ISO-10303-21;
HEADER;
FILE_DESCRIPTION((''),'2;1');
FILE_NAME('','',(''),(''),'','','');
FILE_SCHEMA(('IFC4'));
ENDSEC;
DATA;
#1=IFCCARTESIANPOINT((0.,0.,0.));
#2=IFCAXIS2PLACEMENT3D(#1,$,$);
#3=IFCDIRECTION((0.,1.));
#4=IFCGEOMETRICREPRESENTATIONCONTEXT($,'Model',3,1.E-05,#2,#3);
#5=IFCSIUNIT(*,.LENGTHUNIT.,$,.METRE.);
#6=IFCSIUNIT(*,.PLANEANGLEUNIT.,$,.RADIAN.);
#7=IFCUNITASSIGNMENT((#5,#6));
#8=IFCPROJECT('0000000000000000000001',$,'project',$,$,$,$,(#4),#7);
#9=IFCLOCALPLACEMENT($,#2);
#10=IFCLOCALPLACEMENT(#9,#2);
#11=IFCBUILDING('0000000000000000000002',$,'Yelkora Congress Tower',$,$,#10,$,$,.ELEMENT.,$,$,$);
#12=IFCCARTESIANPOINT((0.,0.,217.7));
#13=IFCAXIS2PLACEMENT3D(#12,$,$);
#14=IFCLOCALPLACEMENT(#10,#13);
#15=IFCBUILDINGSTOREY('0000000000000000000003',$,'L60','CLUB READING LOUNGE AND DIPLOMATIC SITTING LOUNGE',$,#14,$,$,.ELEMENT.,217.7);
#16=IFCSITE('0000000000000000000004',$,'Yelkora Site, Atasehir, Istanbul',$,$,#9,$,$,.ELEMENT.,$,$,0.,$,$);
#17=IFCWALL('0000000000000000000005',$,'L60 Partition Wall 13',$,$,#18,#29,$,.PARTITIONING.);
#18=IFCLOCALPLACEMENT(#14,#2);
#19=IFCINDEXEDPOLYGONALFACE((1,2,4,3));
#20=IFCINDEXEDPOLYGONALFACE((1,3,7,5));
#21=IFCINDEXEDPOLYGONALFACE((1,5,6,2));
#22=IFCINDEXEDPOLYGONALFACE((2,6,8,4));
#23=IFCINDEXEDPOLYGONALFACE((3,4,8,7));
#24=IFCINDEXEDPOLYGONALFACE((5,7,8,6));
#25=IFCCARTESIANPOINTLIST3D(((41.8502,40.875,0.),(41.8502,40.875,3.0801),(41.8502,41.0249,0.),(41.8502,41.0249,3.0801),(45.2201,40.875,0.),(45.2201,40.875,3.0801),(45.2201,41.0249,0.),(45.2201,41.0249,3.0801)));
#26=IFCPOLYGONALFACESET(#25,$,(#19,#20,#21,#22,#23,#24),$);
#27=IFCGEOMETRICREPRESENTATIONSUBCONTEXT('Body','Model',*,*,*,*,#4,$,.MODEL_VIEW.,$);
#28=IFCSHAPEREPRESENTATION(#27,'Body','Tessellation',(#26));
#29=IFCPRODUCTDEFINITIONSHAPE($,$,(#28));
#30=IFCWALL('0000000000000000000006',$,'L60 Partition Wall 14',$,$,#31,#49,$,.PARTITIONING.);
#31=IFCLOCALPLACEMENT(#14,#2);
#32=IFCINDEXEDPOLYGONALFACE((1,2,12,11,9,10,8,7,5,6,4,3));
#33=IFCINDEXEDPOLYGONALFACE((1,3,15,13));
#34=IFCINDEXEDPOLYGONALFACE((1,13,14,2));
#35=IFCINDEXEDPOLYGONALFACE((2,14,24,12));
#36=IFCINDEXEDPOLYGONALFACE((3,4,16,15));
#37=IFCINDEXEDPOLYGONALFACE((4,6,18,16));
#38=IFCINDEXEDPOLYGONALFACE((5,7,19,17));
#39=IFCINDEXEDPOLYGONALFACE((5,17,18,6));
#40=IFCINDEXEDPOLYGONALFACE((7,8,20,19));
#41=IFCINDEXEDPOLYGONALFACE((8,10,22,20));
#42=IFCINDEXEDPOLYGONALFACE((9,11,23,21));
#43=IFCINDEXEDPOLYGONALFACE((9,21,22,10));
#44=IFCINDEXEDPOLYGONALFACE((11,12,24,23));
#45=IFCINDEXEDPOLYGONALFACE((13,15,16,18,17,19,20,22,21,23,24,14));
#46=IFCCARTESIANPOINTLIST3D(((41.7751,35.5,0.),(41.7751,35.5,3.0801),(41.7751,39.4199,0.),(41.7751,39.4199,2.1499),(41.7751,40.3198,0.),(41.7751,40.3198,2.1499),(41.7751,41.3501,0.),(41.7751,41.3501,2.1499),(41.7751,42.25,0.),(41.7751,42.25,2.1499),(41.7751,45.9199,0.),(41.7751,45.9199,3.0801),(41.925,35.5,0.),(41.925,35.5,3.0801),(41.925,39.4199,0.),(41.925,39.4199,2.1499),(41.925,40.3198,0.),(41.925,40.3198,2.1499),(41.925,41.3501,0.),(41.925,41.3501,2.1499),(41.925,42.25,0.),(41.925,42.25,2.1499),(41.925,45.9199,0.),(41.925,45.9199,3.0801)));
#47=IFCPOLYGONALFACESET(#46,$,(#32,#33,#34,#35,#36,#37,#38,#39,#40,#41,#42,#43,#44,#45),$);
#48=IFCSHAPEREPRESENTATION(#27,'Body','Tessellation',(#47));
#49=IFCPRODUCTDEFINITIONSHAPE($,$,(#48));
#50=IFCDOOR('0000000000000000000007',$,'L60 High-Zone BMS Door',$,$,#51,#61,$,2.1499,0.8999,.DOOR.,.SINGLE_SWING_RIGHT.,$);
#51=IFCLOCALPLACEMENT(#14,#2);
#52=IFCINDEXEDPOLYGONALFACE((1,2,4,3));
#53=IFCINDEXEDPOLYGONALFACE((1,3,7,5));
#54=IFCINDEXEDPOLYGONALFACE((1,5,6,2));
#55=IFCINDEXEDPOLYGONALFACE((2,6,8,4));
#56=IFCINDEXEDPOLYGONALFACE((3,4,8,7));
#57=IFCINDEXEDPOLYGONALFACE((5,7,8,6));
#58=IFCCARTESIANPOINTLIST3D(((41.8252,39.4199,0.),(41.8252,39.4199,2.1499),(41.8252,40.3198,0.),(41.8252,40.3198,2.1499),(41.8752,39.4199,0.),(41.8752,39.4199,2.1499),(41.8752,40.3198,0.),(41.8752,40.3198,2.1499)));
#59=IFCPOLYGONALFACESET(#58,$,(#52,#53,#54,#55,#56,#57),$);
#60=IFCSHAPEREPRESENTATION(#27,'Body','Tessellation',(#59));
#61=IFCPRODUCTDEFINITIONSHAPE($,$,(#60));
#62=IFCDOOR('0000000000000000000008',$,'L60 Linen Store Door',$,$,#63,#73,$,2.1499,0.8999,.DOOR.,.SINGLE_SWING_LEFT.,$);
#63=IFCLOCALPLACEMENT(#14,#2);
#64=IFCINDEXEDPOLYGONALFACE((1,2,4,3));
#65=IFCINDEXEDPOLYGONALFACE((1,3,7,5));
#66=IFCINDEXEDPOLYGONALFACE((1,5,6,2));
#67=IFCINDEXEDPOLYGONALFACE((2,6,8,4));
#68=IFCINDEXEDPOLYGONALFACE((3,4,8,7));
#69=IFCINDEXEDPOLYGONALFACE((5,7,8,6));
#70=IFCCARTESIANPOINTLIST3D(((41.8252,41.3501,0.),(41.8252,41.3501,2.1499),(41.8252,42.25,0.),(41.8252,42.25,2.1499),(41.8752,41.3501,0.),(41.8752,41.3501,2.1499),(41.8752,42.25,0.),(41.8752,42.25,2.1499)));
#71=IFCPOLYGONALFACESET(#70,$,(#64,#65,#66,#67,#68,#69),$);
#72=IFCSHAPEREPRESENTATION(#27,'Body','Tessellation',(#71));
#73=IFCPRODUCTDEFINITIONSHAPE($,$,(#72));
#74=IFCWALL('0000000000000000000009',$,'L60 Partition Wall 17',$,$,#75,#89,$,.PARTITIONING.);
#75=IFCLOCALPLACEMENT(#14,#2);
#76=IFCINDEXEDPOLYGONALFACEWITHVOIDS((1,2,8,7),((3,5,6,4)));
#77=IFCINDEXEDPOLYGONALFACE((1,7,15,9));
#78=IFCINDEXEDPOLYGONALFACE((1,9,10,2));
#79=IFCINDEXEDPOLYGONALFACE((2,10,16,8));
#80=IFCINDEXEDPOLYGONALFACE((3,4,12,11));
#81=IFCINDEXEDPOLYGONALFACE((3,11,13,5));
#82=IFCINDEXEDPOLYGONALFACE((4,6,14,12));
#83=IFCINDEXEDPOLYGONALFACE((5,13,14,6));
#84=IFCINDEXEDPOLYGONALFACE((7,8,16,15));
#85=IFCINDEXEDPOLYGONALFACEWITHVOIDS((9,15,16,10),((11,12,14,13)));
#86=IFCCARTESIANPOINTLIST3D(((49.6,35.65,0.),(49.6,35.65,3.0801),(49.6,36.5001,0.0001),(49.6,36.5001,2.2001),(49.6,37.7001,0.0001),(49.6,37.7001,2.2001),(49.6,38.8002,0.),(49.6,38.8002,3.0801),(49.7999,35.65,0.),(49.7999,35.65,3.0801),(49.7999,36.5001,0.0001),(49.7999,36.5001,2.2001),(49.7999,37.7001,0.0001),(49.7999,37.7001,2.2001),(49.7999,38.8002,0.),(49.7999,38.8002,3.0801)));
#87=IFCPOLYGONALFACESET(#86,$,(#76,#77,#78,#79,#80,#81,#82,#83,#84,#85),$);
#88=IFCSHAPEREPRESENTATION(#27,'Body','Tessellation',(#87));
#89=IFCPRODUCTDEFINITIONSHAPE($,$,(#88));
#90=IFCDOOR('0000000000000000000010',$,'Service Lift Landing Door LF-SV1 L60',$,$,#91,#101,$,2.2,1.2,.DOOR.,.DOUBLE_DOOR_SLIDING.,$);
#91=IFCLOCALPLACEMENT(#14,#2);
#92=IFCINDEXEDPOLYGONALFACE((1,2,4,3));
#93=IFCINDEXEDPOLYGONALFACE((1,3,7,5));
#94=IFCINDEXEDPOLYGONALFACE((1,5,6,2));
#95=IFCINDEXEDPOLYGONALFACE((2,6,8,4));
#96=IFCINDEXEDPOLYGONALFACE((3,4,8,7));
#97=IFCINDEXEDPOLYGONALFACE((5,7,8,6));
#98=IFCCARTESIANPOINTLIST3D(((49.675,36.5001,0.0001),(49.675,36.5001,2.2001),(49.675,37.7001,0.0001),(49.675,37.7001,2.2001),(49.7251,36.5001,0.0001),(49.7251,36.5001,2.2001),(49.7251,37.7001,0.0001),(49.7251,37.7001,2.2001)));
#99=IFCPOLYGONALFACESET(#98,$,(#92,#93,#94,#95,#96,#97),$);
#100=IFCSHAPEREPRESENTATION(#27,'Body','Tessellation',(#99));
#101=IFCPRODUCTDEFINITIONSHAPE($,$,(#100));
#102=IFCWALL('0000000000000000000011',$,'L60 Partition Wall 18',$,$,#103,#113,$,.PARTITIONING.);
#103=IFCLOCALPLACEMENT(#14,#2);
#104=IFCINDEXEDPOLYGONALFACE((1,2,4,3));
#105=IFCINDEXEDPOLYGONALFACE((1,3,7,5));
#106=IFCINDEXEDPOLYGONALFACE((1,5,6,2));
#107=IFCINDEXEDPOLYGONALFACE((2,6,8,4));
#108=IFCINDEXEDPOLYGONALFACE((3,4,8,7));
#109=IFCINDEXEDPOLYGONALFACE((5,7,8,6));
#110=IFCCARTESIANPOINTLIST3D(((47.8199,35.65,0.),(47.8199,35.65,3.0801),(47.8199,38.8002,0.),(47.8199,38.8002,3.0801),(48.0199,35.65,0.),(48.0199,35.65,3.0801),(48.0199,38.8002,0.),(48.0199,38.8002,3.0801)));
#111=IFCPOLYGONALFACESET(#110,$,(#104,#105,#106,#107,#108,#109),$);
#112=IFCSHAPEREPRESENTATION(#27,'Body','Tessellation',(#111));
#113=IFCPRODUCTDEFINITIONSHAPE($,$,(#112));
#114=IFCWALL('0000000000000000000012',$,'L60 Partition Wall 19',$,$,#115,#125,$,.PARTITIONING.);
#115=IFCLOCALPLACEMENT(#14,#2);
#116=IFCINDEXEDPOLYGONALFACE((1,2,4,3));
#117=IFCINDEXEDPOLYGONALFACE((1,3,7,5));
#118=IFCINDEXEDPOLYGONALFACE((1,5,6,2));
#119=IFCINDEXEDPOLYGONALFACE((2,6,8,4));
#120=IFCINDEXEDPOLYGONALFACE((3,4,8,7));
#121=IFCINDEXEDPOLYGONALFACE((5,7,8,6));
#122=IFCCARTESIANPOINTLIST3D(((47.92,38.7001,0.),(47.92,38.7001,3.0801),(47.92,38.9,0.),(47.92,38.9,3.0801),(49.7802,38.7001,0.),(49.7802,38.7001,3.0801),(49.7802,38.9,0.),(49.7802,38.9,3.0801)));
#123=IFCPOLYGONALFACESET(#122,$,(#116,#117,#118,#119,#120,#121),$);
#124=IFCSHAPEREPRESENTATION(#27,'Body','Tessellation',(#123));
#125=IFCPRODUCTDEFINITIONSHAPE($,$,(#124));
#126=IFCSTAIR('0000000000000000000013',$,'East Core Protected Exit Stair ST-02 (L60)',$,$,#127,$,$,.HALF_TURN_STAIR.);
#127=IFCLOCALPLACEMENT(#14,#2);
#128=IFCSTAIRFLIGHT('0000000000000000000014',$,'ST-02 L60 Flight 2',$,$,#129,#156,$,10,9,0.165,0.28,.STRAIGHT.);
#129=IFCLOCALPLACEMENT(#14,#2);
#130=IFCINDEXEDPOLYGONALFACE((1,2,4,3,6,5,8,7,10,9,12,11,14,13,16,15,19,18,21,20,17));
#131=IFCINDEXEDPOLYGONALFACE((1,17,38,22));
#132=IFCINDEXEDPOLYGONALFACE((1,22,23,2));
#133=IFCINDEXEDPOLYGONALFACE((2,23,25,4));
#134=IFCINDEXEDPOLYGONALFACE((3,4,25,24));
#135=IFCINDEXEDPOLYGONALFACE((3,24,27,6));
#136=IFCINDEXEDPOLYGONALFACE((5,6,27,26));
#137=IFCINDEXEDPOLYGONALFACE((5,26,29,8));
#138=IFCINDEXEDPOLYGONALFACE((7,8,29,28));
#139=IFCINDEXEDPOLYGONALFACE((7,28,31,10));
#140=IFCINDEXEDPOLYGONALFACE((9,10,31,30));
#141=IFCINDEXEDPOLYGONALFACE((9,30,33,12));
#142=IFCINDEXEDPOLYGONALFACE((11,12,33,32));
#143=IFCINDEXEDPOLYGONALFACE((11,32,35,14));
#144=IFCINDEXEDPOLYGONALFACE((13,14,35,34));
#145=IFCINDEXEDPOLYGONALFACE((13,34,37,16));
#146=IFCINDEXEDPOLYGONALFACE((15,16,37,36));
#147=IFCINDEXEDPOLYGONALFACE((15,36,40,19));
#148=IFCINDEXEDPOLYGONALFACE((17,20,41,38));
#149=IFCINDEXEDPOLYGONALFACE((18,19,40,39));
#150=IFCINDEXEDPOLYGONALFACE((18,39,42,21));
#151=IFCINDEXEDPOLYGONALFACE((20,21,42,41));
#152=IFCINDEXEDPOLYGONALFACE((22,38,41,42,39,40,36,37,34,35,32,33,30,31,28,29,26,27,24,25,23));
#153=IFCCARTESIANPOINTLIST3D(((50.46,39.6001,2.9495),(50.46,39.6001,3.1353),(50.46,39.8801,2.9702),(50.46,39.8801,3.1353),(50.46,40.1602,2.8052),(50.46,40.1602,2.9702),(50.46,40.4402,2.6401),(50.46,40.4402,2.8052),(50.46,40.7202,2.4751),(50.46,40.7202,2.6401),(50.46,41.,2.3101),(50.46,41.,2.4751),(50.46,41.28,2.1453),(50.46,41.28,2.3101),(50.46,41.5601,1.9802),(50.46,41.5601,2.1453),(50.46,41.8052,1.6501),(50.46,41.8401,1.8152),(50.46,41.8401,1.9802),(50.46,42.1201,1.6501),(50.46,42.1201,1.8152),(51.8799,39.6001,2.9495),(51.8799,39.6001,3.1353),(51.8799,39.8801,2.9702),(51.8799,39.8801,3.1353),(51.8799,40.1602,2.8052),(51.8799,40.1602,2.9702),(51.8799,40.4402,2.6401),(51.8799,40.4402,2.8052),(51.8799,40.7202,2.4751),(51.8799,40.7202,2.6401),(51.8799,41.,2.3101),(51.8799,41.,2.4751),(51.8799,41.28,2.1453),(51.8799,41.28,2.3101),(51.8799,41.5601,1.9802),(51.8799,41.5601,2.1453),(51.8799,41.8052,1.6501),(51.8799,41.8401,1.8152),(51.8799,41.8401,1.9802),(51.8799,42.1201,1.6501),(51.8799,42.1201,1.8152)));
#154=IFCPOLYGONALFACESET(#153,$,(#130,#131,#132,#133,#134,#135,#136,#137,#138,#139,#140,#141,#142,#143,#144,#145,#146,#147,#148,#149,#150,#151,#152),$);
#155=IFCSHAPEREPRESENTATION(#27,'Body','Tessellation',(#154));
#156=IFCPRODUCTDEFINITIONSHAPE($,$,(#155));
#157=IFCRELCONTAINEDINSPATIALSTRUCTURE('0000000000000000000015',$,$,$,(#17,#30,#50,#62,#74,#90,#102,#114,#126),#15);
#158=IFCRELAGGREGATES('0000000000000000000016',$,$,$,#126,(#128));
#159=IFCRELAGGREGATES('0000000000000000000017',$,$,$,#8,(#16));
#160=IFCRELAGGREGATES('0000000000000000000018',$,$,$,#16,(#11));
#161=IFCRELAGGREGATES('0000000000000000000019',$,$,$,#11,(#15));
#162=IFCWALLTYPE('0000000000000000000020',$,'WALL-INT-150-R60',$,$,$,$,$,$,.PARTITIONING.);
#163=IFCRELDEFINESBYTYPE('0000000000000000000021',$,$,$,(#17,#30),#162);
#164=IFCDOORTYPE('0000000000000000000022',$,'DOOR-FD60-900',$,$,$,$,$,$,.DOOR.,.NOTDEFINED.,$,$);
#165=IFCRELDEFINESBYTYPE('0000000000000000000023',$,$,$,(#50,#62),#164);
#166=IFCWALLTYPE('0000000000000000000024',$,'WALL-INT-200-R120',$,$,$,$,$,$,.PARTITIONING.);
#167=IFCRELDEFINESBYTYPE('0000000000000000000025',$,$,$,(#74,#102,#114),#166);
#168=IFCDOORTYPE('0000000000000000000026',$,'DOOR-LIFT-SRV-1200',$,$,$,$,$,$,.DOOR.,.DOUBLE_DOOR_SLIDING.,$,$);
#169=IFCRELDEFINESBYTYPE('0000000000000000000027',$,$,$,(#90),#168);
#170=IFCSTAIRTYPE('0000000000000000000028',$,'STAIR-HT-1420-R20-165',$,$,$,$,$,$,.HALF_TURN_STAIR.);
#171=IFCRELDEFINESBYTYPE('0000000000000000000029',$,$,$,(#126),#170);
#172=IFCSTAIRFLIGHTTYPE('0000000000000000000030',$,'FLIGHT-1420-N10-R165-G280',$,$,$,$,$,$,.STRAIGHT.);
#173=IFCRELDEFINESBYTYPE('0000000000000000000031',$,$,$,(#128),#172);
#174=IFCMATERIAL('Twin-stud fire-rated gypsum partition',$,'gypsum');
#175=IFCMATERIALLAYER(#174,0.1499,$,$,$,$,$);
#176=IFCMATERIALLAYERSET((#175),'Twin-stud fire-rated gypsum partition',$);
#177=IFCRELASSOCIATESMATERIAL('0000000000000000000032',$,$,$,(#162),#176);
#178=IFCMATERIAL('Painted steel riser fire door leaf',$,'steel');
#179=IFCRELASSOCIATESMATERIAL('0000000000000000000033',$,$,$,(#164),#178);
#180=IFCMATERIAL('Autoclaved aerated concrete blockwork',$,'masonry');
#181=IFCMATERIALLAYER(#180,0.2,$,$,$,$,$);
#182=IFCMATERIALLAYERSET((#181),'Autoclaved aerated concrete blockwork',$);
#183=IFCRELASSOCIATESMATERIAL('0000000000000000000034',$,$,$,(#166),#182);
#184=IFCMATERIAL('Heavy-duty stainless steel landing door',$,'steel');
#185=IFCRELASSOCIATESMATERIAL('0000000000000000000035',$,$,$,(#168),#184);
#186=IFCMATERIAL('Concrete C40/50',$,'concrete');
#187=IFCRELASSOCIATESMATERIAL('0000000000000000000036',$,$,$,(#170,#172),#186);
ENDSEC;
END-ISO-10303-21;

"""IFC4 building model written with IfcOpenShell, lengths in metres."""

from ifc_helpers import new_model, si_unit, direction, frame, frame_2d, origin, place, context, subcontext, project, spatial, polyline, rectangle, outline, extrude, material, layer, layer_set, type_object, element, fill, aggregate, save


model = new_model("IFC4")

# Units and contexts
model_context = context("Model", 3, precision=1e-05, world=origin(), true_north=direction((0.0, 1.0)))
body_context = subcontext(model_context, "Body", "Model", "MODEL_VIEW")
ifc_project = project(units=[si_unit("LENGTHUNIT", "METRE"), si_unit("PLANEANGLEUNIT", "RADIAN")], contexts=[model_context])

# Site, building, storey
site_placement = place(None, origin())
site = spatial("IfcSite", under=ifc_project, at=site_placement, Name="Yelkora Site, Atasehir, Istanbul", CompositionType="ELEMENT", RefElevation=0.0)
building_placement = place(site_placement, origin())
building = spatial("IfcBuilding", under=site, at=building_placement, Name="Yelkora Congress Tower", CompositionType="ELEMENT")
storey_placement = place(building_placement, frame((0.0, 0.0, 217.7)))
storey = spatial("IfcBuildingStorey", under=building, at=storey_placement, Name="L60", Description="CLUB READING LOUNGE AND DIPLOMATIC SITTING LOUNGE", CompositionType="ELEMENT", Elevation=217.7)

# Wall
ifc_material_1 = material(Name="Twin-stud fire-rated gypsum partition", Category="gypsum")
ifc_layer_1 = layer(ifc_material_1, 0.1499)
ifc_layer_set_1 = layer_set([ifc_layer_1], Name="Twin-stud fire-rated gypsum partition")
wall_type_1 = type_object("IfcWallType", Name="WALL-INT-150-R60", PredefinedType="PARTITIONING", material=ifc_layer_set_1)
wall_1_placement = place(storey_placement, frame((41.8501, 40.95, 0.0), z_axis=(0.0, 0.0, 1.0), x_axis=(1.0, 0.0, 0.0)))
element("IfcWall", 1, at=wall_1_placement, inside=storey, type_object=wall_type_1, Name="L60 Partition Wall 13", PredefinedType="PARTITIONING", context=body_context, shape_type="SweptSolid", body=[
    extrude(rectangle(XDim=3.3699, YDim=0.1499, at=frame_2d((1.6851, 0.0))), origin(), (0.0, 0.0, 1.0), 3.0801),
])

# Wall, openings, doors
wall_2_placement = place(storey_placement, frame((41.8501, 35.5, 0.0), z_axis=(0.0, 0.0, 1.0), x_axis=(0.0, 1.0, 0.0)))
wall_2 = element("IfcWall", 2, at=wall_2_placement, inside=storey, type_object=wall_type_1, Name="L60 Partition Wall 14", PredefinedType="PARTITIONING", context=body_context, shape_type="SweptSolid", body=[
    extrude(rectangle(XDim=10.4199, YDim=0.1499, at=frame_2d((5.21, 0.0))), origin(), (0.0, 0.0, 1.0), 3.0801),
])
opening_1_placement = place(wall_2_placement, frame((3.9199, 0.0, 0.0)))
opening_1 = element("IfcOpeningElement", 3, at=opening_1_placement, cuts=wall_2, PredefinedType="OPENING", context=body_context, shape_type="SweptSolid", body=[
    extrude(rectangle(XDim=0.8999, YDim=2.1499, at=frame_2d((0.45, 1.075))), frame((0.0, 0.085, 0.0), z_axis=(0.0, -1.0, 0.0), x_axis=(1.0, 0.0, 0.0)), (0.0, 0.0, 1.0), 0.1699),
])
opening_2_placement = place(wall_2_placement, frame((5.8501, 0.0, 0.0)))
opening_2 = element("IfcOpeningElement", 4, at=opening_2_placement, cuts=wall_2, PredefinedType="OPENING", context=body_context, shape_type="SweptSolid", body=[
    extrude(rectangle(XDim=0.8999, YDim=2.1499, at=frame_2d((0.45, 1.075))), frame((0.0, 0.085, 0.0), z_axis=(0.0, -1.0, 0.0), x_axis=(1.0, 0.0, 0.0)), (0.0, 0.0, 1.0), 0.1699),
])
ifc_material_2 = material(Name="Painted steel riser fire door leaf", Category="steel")
door_type_1 = type_object("IfcDoorType", Name="DOOR-FD60-900", OperationType="NOTDEFINED", PredefinedType="DOOR", material=ifc_material_2)
door_1_placement = place(opening_1_placement, origin())
door_1 = element("IfcDoor", 5, at=door_1_placement, inside=storey, type_object=door_type_1, Name="L60 High-Zone BMS Door", OperationType="SINGLE_SWING_RIGHT", OverallHeight=2.1499, OverallWidth=0.8999, PredefinedType="DOOR", context=body_context, shape_type="SweptSolid", body=[
    extrude(rectangle(XDim=0.8999, YDim=2.1499, at=frame_2d((0.45, 1.075))), frame((0.0, 0.0249, 0.0), z_axis=(0.0, -1.0, 0.0), x_axis=(1.0, 0.0, 0.0)), (0.0, 0.0, 1.0), 0.05),
])
fill(opening_1, door_1)
door_2_placement = place(opening_2_placement, origin())
door_2 = element("IfcDoor", 6, at=door_2_placement, inside=storey, type_object=door_type_1, Name="L60 Linen Store Door", OperationType="SINGLE_SWING_LEFT", OverallHeight=2.1499, OverallWidth=0.8999, PredefinedType="DOOR", context=body_context, shape_type="SweptSolid", body=[
    extrude(rectangle(XDim=0.8999, YDim=2.1499, at=frame_2d((0.45, 1.075))), frame((0.0, 0.0249, 0.0), z_axis=(0.0, -1.0, 0.0), x_axis=(1.0, 0.0, 0.0)), (0.0, 0.0, 1.0), 0.05),
])
fill(opening_2, door_2)

# Wall, opening, door
ifc_material_3 = material(Name="Autoclaved aerated concrete blockwork", Category="masonry")
ifc_layer_2 = layer(ifc_material_3, 0.2)
ifc_layer_set_2 = layer_set([ifc_layer_2], Name="Autoclaved aerated concrete blockwork")
wall_type_2 = type_object("IfcWallType", Name="WALL-INT-200-R120", PredefinedType="PARTITIONING", material=ifc_layer_set_2)
wall_3_placement = place(storey_placement, frame((49.7, 35.6499, 0.0), z_axis=(0.0, 0.0, 1.0), x_axis=(0.0, 1.0, 0.0)))
wall_3 = element("IfcWall", 7, at=wall_3_placement, inside=storey, type_object=wall_type_2, Name="L60 Partition Wall 17", PredefinedType="PARTITIONING", context=body_context, shape_type="SweptSolid", body=[
    extrude(rectangle(XDim=3.1501, YDim=0.2, at=frame_2d((1.5752, 0.0))), origin(), (0.0, 0.0, 1.0), 3.0801),
])
opening_3_placement = place(wall_3_placement, frame((0.8501, 0.0, 0.0)))
opening_3 = element("IfcOpeningElement", 8, at=opening_3_placement, cuts=wall_3, PredefinedType="OPENING", context=body_context, shape_type="SweptSolid", body=[
    extrude(rectangle(XDim=1.2, YDim=2.2, at=frame_2d((0.6001, 1.1001))), frame((0.0, 0.1099, 0.0), z_axis=(0.0, -1.0, 0.0), x_axis=(1.0, 0.0, 0.0)), (0.0, 0.0, 1.0), 0.22),
])
ifc_material_4 = material(Name="Heavy-duty stainless steel landing door", Category="steel")
door_type_2 = type_object("IfcDoorType", Name="DOOR-LIFT-SRV-1200", OperationType="DOUBLE_DOOR_SLIDING", PredefinedType="DOOR", material=ifc_material_4)
door_3_placement = place(opening_3_placement, origin())
door_3 = element("IfcDoor", 9, at=door_3_placement, inside=storey, type_object=door_type_2, Name="Service Lift Landing Door LF-SV1 L60", OperationType="DOUBLE_DOOR_SLIDING", OverallHeight=2.2, OverallWidth=1.2, PredefinedType="DOOR", context=body_context, shape_type="SweptSolid", body=[
    extrude(rectangle(XDim=1.2, YDim=2.2, at=frame_2d((0.6001, 1.1001))), frame((0.0, 0.0249, 0.0), z_axis=(0.0, -1.0, 0.0), x_axis=(1.0, 0.0, 0.0)), (0.0, 0.0, 1.0), 0.05),
])
fill(opening_3, door_3)

# Walls
wall_4_placement = place(storey_placement, frame((47.9199, 35.6499, 0.0), z_axis=(0.0, 0.0, 1.0), x_axis=(0.0, 1.0, 0.0)))
element("IfcWall", 10, at=wall_4_placement, inside=storey, type_object=wall_type_2, Name="L60 Partition Wall 18", PredefinedType="PARTITIONING", context=body_context, shape_type="SweptSolid", body=[
    extrude(rectangle(XDim=3.1501, YDim=0.2, at=frame_2d((1.5752, 0.0))), origin(), (0.0, 0.0, 1.0), 3.0801),
])
wall_5_placement = place(storey_placement, frame((47.9199, 38.8, 0.0), z_axis=(0.0, 0.0, 1.0), x_axis=(1.0, 0.0, 0.0)))
element("IfcWall", 11, at=wall_5_placement, inside=storey, type_object=wall_type_2, Name="L60 Partition Wall 19", PredefinedType="PARTITIONING", context=body_context, shape_type="SweptSolid", body=[
    extrude(rectangle(XDim=1.8601, YDim=0.2, at=frame_2d((0.9302, 0.0))), origin(), (0.0, 0.0, 1.0), 3.0801),
])

# Stair, stair flight
ifc_material_5 = material(Name="Concrete C40/50", Category="concrete")
stair_type = type_object("IfcStairType", Name="STAIR-HT-1420-R20-165", PredefinedType="HALF_TURN_STAIR", material=ifc_material_5)
stair_placement = place(storey_placement, origin())
stair = element("IfcStair", 12, at=stair_placement, inside=storey, type_object=stair_type, Name="East Core Protected Exit Stair ST-02 (L60)", PredefinedType="HALF_TURN_STAIR")
stair_flight_type = type_object("IfcStairFlightType", Name="FLIGHT-1420-N10-R165-G280", PredefinedType="STRAIGHT", material=ifc_material_5)
stair_flight_placement = place(storey_placement, frame((51.1699, 42.1201, 1.6501), z_axis=(0.0, 0.0, 1.0), x_axis=(0.0, -1.0, 0.0)))
stair_flight = element("IfcStairFlight", 13, at=stair_flight_placement, type_object=stair_flight_type, Name="ST-02 L60 Flight 2", NumberOfRisers=10, NumberOfTreads=9, PredefinedType="STRAIGHT", RiserHeight=0.165, TreadLength=0.28, context=body_context, shape_type="SweptSolid", body=[
    extrude(outline(polyline([(0.0, 0.0), (0.0, 0.165), (0.28, 0.165), (0.28, 0.3301), (0.5601, 0.3301), (0.5601, 0.4951), (0.8401, 0.4951), (0.8401, 0.6599), (1.1201, 0.6599), (1.1201, 0.825), (1.3999, 0.825), (1.3999, 0.99), (1.6799, 0.99), (1.6799, 1.155), (1.96, 1.155), (1.96, 1.3201), (2.24, 1.3201), (2.24, 1.4851), (2.52, 1.4851), (2.52, 1.6499), (2.52, 1.2993), (0.3149, 0.0), (0.0, 0.0)])), frame((0.0, 0.71, 0.0), z_axis=(0.0, -1.0, 0.0), x_axis=(1.0, 0.0, 0.0)), (0.0, 0.0, 1.0), 1.4199),
])
aggregate(stair, [stair_flight])

save(model, "model.ifc")
